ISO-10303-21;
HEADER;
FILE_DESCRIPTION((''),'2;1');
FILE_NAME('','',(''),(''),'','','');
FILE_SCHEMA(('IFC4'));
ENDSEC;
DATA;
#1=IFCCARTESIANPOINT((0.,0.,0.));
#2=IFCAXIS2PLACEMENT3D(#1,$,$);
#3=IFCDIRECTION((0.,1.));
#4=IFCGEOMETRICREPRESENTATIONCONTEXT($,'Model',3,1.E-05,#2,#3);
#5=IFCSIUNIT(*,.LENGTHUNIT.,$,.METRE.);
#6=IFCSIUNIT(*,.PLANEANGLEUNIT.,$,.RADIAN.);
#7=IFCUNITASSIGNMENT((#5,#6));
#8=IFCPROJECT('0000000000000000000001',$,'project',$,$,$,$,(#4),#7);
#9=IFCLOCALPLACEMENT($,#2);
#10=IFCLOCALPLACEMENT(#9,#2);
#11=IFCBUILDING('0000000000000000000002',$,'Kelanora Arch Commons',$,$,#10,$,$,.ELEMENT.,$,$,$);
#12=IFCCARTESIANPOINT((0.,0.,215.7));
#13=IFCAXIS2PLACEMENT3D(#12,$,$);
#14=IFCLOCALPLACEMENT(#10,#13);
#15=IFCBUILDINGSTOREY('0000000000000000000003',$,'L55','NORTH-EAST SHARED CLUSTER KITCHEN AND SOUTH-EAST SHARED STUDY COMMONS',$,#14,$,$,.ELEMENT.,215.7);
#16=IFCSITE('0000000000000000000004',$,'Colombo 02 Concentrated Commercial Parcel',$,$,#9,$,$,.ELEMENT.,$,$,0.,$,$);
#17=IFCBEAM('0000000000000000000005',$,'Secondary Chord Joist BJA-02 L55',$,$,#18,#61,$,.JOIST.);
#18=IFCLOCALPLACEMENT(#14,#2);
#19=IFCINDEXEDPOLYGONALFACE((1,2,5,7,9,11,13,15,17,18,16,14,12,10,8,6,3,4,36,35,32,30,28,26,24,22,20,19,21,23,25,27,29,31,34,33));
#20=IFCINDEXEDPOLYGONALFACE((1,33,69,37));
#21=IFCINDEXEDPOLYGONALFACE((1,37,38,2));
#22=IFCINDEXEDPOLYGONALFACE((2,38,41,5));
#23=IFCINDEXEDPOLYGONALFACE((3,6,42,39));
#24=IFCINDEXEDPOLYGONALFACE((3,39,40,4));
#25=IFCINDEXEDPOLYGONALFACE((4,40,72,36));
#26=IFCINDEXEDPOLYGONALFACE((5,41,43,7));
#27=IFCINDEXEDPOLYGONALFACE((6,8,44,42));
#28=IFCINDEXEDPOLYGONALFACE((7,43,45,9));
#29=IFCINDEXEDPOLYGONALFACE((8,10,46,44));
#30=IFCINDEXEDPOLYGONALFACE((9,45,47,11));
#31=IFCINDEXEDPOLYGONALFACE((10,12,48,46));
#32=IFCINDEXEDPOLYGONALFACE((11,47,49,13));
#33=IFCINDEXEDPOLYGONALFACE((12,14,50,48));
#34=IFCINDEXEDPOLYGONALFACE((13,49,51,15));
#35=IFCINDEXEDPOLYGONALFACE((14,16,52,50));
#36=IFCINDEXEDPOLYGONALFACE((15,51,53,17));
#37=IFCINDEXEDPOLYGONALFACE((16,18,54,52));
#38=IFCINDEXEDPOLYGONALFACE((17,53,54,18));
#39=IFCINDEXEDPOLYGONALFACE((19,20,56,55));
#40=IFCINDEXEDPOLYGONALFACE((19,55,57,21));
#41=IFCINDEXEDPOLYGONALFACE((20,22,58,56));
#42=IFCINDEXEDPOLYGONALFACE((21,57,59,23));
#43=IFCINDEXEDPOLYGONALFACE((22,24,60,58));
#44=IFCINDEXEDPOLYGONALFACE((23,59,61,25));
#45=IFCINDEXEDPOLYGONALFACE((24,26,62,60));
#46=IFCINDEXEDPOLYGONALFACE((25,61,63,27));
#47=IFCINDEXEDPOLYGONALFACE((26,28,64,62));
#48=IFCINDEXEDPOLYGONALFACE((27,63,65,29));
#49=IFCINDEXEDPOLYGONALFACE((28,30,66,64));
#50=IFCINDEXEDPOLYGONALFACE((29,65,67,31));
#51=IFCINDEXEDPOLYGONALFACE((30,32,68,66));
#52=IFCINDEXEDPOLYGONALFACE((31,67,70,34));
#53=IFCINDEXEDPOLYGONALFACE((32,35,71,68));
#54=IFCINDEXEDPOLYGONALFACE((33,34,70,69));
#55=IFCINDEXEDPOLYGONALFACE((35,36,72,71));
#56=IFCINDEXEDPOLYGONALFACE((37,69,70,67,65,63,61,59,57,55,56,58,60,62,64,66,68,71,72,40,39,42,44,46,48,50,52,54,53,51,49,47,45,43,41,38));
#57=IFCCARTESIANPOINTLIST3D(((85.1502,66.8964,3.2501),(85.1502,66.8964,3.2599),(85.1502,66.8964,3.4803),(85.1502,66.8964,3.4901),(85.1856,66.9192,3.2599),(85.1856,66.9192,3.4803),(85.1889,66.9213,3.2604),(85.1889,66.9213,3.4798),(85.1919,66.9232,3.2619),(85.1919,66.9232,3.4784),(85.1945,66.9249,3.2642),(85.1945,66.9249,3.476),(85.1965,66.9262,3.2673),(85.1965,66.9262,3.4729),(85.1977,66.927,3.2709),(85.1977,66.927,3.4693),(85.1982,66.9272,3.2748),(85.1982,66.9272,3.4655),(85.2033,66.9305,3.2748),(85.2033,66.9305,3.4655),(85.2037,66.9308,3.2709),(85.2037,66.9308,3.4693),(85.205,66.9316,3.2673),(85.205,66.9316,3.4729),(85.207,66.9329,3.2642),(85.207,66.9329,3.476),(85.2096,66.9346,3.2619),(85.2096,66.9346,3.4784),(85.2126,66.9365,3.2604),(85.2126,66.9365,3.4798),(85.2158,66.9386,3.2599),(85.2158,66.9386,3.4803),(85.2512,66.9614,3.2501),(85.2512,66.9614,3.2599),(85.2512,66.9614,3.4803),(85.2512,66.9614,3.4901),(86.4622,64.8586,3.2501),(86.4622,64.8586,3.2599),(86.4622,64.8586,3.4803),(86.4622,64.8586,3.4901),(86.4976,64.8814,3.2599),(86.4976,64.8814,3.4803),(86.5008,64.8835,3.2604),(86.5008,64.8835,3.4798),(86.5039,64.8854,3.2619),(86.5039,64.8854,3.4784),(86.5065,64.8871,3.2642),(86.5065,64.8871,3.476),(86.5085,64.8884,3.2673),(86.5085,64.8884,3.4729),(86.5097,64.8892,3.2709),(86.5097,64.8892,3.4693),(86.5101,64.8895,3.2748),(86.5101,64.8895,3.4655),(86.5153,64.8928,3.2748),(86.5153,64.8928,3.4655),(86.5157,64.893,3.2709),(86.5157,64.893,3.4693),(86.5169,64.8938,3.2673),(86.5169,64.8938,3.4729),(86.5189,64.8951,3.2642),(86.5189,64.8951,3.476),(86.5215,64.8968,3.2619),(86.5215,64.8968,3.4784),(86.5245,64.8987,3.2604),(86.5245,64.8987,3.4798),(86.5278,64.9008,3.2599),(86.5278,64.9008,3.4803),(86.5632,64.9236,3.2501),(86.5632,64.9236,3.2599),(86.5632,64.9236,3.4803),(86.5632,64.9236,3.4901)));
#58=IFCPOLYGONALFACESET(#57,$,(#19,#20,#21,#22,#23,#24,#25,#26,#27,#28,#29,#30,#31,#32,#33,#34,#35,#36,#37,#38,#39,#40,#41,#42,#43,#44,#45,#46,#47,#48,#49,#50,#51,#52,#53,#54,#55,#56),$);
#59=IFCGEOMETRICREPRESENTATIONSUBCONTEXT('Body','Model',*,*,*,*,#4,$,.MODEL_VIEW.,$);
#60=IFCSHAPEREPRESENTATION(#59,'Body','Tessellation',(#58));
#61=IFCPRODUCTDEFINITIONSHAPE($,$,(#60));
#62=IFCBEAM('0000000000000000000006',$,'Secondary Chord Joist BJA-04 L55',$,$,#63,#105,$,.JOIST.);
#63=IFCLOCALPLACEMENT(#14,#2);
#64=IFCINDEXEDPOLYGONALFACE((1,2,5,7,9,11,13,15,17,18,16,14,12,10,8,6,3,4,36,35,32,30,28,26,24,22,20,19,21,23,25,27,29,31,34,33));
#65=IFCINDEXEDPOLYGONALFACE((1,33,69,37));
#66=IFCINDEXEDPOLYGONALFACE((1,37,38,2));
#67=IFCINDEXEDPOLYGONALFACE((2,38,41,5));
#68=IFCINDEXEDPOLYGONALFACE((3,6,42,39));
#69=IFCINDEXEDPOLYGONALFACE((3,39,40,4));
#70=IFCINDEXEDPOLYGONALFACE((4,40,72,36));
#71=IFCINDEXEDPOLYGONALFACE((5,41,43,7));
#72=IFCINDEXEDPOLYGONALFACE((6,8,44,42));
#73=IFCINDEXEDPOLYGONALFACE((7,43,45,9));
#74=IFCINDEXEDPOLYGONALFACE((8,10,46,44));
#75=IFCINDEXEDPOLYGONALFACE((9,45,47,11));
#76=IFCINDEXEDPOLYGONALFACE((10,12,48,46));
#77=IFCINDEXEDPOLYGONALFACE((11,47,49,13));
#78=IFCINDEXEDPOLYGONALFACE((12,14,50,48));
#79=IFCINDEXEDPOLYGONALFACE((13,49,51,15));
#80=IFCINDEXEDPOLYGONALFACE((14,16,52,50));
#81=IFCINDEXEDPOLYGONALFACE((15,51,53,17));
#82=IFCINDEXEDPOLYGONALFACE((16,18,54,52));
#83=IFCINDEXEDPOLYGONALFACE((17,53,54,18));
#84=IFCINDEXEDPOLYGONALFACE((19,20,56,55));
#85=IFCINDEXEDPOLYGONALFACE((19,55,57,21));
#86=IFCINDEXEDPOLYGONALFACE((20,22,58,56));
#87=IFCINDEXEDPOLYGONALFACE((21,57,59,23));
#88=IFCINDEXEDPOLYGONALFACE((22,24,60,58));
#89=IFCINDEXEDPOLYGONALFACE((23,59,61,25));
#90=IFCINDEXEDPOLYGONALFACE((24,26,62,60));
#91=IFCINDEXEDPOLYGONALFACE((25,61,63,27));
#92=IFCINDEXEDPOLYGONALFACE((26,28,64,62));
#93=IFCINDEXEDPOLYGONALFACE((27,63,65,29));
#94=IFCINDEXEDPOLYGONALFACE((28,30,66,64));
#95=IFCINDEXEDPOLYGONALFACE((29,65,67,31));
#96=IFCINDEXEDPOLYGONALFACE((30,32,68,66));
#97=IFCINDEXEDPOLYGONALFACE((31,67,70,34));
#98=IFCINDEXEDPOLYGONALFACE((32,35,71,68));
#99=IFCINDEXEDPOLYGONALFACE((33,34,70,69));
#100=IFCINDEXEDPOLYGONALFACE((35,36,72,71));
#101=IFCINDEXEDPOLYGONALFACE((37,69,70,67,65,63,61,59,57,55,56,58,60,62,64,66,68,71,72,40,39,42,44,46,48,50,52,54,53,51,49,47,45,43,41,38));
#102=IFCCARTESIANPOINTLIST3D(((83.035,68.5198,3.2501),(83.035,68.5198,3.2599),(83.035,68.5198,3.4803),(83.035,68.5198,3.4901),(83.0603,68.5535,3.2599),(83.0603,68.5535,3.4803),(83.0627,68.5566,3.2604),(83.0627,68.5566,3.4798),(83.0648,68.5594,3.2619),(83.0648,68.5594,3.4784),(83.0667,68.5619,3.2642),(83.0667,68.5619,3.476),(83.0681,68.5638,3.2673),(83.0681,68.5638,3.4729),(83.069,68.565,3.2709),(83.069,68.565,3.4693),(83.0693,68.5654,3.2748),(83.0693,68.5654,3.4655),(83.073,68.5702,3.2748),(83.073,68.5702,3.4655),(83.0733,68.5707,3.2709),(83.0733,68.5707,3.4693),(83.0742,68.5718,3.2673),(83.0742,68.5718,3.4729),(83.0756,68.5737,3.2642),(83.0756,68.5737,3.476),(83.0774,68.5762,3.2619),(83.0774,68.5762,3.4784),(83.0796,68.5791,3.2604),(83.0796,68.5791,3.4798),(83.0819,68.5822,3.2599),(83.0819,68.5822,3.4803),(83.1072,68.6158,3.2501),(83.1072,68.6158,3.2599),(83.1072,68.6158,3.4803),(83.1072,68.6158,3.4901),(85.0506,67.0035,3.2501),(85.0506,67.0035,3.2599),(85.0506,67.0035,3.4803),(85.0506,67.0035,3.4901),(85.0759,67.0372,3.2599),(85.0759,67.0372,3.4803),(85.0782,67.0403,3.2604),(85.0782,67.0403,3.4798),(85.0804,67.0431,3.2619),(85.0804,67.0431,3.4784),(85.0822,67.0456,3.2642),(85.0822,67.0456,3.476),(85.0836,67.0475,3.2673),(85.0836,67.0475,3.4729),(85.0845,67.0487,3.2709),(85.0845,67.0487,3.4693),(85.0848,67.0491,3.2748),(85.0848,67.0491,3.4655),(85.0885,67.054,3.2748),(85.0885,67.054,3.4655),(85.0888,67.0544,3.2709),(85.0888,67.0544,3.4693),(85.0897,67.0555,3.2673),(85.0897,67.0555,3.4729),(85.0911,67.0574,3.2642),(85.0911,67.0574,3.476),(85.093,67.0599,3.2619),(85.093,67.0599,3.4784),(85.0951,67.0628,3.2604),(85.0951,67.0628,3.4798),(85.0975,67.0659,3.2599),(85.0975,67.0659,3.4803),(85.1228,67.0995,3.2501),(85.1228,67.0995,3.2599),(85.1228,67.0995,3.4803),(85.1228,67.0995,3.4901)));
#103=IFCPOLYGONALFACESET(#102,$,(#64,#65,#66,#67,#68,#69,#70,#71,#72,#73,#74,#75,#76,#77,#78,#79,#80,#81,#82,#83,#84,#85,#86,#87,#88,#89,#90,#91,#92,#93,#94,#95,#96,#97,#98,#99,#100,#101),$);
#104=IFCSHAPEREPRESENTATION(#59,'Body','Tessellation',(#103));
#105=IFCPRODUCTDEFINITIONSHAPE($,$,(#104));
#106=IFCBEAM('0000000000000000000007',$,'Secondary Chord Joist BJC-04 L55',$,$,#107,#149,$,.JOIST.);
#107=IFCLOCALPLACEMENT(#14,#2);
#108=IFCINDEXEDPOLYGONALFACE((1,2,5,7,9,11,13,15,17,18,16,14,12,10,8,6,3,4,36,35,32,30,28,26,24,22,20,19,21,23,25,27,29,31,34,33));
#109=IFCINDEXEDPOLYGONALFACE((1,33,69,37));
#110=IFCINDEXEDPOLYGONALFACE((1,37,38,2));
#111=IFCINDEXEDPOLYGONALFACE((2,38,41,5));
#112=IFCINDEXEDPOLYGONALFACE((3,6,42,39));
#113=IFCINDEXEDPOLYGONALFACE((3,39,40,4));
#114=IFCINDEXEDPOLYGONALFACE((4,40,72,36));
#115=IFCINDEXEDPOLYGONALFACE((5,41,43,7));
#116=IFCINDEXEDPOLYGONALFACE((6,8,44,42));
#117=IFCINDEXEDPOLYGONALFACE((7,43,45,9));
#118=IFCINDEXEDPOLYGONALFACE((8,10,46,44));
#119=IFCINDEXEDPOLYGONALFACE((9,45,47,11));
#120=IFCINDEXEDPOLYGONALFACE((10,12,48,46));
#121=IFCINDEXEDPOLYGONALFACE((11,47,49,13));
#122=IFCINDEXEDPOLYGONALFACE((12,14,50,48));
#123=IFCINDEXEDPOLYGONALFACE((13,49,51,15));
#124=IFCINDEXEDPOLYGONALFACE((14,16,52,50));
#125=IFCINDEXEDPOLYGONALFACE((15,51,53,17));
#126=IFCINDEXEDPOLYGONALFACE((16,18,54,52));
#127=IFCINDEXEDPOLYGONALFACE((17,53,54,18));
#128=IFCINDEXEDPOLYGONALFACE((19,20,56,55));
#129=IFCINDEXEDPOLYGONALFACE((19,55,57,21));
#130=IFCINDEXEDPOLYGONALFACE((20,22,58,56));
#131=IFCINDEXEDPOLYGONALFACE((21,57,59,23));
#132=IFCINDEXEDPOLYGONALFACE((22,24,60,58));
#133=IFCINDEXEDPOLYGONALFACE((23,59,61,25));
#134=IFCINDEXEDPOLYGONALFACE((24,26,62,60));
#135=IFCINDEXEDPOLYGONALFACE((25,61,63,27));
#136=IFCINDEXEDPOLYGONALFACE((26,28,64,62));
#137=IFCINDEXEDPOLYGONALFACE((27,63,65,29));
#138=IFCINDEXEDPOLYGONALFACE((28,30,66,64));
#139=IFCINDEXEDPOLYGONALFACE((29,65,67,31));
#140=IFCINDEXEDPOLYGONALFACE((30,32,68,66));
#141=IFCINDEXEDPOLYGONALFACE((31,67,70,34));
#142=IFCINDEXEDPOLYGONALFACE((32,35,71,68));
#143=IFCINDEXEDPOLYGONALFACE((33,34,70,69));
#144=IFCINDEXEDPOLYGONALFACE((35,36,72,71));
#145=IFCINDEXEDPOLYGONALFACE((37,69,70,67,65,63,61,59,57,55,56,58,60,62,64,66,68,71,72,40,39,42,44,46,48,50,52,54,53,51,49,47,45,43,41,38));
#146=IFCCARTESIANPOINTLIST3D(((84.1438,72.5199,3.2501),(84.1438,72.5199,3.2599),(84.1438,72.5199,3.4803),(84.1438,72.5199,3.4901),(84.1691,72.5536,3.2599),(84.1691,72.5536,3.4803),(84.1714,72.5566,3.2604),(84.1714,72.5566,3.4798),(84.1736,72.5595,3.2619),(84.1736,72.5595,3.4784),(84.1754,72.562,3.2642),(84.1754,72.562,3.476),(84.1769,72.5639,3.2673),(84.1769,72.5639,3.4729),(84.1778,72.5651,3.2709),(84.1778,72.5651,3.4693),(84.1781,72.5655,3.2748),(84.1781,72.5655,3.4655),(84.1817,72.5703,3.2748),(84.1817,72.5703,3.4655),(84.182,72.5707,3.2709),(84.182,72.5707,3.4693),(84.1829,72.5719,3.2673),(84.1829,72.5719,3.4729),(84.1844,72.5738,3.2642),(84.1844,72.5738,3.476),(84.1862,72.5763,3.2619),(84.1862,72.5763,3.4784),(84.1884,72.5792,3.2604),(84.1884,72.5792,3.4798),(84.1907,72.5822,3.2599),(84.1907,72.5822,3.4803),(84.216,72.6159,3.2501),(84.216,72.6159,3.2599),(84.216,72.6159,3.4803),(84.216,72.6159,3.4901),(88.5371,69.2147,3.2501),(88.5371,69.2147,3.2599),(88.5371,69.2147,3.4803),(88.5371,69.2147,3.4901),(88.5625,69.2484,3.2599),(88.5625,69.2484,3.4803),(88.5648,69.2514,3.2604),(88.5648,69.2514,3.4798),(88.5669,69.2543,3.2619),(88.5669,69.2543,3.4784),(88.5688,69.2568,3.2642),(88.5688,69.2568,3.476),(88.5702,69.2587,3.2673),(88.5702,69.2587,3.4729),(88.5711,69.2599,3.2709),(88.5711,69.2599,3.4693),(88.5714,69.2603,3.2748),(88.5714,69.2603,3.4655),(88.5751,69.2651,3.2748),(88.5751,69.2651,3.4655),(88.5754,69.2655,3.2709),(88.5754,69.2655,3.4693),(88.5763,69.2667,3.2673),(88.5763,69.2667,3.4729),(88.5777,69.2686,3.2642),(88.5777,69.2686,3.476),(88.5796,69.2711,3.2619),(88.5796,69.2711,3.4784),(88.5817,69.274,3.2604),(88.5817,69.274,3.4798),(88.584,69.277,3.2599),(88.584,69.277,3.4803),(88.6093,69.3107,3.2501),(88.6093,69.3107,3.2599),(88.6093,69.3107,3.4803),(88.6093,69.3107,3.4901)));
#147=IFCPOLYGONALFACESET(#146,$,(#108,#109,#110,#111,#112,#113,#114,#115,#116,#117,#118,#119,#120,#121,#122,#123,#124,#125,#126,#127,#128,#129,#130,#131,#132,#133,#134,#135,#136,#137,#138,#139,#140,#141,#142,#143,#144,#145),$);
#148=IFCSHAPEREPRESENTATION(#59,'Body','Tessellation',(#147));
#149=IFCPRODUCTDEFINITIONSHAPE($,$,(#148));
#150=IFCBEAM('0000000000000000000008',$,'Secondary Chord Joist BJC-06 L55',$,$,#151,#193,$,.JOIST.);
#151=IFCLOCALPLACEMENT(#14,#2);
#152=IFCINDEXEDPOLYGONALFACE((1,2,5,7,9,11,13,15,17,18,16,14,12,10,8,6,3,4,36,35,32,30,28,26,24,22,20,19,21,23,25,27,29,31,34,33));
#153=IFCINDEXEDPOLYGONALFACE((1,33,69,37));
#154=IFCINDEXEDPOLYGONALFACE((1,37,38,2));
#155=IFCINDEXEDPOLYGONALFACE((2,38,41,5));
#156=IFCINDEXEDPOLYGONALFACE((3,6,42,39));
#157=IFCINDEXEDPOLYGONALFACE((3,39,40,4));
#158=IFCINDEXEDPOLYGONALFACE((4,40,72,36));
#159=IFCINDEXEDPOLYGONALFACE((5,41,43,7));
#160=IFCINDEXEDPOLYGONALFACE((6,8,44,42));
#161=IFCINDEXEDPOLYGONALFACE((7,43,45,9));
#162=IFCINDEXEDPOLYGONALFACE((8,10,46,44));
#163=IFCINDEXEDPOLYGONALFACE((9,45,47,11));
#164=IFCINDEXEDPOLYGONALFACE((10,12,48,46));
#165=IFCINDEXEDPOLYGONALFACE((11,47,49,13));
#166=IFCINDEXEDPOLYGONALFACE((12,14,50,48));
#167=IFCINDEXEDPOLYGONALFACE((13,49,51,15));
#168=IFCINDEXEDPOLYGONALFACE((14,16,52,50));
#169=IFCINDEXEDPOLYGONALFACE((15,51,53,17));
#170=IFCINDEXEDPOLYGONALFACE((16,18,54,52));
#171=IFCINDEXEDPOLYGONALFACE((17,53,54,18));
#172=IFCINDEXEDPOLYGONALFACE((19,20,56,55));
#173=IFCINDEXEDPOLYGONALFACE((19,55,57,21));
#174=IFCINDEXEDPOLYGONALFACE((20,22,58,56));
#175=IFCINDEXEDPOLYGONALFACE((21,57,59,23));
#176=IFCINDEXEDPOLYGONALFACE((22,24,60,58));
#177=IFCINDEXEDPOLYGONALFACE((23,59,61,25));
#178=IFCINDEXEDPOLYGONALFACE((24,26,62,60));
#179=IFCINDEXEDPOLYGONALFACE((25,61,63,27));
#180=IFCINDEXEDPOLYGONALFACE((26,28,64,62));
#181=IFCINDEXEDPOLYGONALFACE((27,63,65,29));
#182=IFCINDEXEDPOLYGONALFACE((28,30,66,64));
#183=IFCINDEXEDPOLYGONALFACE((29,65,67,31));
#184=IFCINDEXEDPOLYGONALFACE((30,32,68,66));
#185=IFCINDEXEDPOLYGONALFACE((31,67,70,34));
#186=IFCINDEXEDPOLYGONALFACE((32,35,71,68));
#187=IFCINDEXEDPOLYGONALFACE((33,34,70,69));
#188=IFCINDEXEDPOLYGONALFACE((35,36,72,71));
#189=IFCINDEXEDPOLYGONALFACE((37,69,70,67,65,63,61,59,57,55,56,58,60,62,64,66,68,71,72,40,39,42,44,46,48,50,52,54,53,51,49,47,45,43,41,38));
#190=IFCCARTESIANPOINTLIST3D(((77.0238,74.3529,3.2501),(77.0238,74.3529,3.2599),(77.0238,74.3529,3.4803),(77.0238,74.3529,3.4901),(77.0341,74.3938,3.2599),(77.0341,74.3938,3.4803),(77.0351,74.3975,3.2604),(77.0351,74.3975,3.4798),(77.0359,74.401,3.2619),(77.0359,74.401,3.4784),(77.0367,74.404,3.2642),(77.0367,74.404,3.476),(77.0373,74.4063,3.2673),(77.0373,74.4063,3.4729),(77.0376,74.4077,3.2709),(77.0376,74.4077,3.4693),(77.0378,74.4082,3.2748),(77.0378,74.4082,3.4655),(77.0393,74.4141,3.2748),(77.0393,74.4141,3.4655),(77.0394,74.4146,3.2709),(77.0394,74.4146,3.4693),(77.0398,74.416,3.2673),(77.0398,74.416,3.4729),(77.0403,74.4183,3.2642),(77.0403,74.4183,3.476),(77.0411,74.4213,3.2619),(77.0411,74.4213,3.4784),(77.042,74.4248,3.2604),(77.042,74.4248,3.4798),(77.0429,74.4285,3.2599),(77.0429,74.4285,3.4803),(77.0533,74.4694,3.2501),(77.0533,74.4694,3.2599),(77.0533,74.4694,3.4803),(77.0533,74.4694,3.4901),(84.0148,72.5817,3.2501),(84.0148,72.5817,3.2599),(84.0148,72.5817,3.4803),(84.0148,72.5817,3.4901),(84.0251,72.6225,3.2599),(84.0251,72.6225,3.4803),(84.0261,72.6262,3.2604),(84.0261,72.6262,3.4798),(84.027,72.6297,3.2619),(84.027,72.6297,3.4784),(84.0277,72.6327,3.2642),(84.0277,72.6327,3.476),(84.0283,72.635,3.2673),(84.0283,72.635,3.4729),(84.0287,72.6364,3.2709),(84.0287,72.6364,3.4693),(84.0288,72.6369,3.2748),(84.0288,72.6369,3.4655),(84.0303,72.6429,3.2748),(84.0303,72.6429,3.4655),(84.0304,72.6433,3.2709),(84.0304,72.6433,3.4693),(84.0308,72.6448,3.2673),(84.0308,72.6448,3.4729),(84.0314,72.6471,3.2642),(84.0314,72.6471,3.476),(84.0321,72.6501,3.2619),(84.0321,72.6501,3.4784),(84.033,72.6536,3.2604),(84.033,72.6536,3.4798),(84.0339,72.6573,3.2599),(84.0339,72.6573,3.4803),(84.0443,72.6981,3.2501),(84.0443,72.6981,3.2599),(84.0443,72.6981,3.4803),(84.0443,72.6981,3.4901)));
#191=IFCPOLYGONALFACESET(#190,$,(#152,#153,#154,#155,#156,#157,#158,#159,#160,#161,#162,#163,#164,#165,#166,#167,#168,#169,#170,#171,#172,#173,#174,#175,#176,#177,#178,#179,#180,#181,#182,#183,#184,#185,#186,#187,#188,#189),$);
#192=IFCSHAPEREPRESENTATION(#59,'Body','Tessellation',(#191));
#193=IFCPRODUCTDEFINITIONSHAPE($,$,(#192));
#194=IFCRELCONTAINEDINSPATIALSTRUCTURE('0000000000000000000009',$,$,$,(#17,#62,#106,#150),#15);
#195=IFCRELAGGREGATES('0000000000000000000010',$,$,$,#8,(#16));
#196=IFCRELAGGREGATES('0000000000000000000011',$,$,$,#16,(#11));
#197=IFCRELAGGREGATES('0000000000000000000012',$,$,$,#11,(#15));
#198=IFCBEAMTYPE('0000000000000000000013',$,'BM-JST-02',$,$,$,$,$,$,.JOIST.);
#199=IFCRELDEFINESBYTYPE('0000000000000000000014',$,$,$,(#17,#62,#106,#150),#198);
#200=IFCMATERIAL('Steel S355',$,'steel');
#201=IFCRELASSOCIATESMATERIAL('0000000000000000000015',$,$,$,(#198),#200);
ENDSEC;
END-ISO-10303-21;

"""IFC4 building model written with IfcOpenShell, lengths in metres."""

from ifc_helpers import new_model, si_unit, direction, frame, origin, origin_2d, place, context, subcontext, project, spatial, i_section, extrude, material, material_profile, profile_set, type_object, element, save


model = new_model("IFC4")

# Units and contexts
model_context = context("Model", 3, precision=1e-05, world=origin(), true_north=direction((0.0, 1.0)))
body_context = subcontext(model_context, "Body", "Model", "MODEL_VIEW")
ifc_project = project(units=[si_unit("LENGTHUNIT", "METRE"), si_unit("PLANEANGLEUNIT", "RADIAN")], contexts=[model_context])

# Site, building, storey
site_placement = place(None, origin())
site = spatial("IfcSite", under=ifc_project, at=site_placement, Name="Colombo 02 Concentrated Commercial Parcel", CompositionType="ELEMENT", RefElevation=0.0)
building_placement = place(site_placement, origin())
building = spatial("IfcBuilding", under=site, at=building_placement, Name="Kelanora Arch Commons", CompositionType="ELEMENT")
storey_placement = place(building_placement, frame((0.0, 0.0, 215.7)))
storey = spatial("IfcBuildingStorey", under=building, at=storey_placement, Name="L55", Description="NORTH-EAST SHARED CLUSTER KITCHEN AND SOUTH-EAST SHARED STUDY COMMONS", CompositionType="ELEMENT", Elevation=215.7)

# Beams
ifc_material_1 = material(Name="Steel S355", Category="steel")
ifc_material_profile_1 = material_profile(ifc_material_1, i_section(OverallWidth=0.1201, OverallDepth=0.24, WebThickness=0.0061, FlangeThickness=0.0098, FilletRadius=0.0149, at=origin_2d()), Name="IPE240")
ifc_profile_set_1 = profile_set([ifc_material_profile_1], Name="Steel S355")
beam_type_1 = type_object("IfcBeamType", Name="BM-JST-02", PredefinedType="JOIST", material=ifc_profile_set_1)
beam_1_placement = place(storey_placement, frame((86.5127, 64.8911, 3.3701), z_axis=(-0.541333, 0.840808, 0.0), x_axis=(-0.840808, -0.541333, 0.0)))
element("IfcBeam", 1, at=beam_1_placement, inside=storey, type_object=beam_type_1, Name="Secondary Chord Joist BJA-02 L55", PredefinedType="JOIST", context=body_context, shape_type="SweptSolid", body=[
    extrude(i_section(OverallWidth=0.1201, OverallDepth=0.24, WebThickness=0.0061, FlangeThickness=0.0098, FilletRadius=0.0149, at=origin_2d()), origin(), (0.0, 0.0, 1.0), 2.4236),
])
beam_2_placement = place(storey_placement, frame((85.0867, 67.0515, 3.3701), z_axis=(-0.799116, 0.601176, 0.0), x_axis=(-0.601176, -0.799116, 0.0)))
element("IfcBeam", 2, at=beam_2_placement, inside=storey, type_object=beam_type_1, Name="Secondary Chord Joist BJA-04 L55", PredefinedType="JOIST", context=body_context, shape_type="SweptSolid", body=[
    extrude(i_section(OverallWidth=0.1201, OverallDepth=0.24, WebThickness=0.0061, FlangeThickness=0.0098, FilletRadius=0.0149, at=origin_2d()), origin(), (0.0, 0.0, 1.0), 2.5222),
])
beam_3_placement = place(storey_placement, frame((88.5732, 69.2627, 3.3701), z_axis=(-0.799109, 0.601186, 0.0), x_axis=(-0.601186, -0.799109, 0.0)))
element("IfcBeam", 3, at=beam_3_placement, inside=storey, type_object=beam_type_1, Name="Secondary Chord Joist BJC-04 L55", PredefinedType="JOIST", context=body_context, shape_type="SweptSolid", body=[
    extrude(i_section(OverallWidth=0.1201, OverallDepth=0.24, WebThickness=0.0061, FlangeThickness=0.0098, FilletRadius=0.0149, at=origin_2d()), origin(), (0.0, 0.0, 1.0), 5.4978),
])
beam_4_placement = place(storey_placement, frame((84.0295, 72.6399, 3.3701), z_axis=(-0.969371, 0.245601, 0.0), x_axis=(-0.245601, -0.969371, 0.0)))
element("IfcBeam", 4, at=beam_4_placement, inside=storey, type_object=beam_type_1, Name="Secondary Chord Joist BJC-06 L55", PredefinedType="JOIST", context=body_context, shape_type="SweptSolid", body=[
    extrude(i_section(OverallWidth=0.1201, OverallDepth=0.24, WebThickness=0.0061, FlangeThickness=0.0098, FilletRadius=0.0149, at=origin_2d()), origin(), (0.0, 0.0, 1.0), 7.2119),
])

save(model, "model.ifc")
